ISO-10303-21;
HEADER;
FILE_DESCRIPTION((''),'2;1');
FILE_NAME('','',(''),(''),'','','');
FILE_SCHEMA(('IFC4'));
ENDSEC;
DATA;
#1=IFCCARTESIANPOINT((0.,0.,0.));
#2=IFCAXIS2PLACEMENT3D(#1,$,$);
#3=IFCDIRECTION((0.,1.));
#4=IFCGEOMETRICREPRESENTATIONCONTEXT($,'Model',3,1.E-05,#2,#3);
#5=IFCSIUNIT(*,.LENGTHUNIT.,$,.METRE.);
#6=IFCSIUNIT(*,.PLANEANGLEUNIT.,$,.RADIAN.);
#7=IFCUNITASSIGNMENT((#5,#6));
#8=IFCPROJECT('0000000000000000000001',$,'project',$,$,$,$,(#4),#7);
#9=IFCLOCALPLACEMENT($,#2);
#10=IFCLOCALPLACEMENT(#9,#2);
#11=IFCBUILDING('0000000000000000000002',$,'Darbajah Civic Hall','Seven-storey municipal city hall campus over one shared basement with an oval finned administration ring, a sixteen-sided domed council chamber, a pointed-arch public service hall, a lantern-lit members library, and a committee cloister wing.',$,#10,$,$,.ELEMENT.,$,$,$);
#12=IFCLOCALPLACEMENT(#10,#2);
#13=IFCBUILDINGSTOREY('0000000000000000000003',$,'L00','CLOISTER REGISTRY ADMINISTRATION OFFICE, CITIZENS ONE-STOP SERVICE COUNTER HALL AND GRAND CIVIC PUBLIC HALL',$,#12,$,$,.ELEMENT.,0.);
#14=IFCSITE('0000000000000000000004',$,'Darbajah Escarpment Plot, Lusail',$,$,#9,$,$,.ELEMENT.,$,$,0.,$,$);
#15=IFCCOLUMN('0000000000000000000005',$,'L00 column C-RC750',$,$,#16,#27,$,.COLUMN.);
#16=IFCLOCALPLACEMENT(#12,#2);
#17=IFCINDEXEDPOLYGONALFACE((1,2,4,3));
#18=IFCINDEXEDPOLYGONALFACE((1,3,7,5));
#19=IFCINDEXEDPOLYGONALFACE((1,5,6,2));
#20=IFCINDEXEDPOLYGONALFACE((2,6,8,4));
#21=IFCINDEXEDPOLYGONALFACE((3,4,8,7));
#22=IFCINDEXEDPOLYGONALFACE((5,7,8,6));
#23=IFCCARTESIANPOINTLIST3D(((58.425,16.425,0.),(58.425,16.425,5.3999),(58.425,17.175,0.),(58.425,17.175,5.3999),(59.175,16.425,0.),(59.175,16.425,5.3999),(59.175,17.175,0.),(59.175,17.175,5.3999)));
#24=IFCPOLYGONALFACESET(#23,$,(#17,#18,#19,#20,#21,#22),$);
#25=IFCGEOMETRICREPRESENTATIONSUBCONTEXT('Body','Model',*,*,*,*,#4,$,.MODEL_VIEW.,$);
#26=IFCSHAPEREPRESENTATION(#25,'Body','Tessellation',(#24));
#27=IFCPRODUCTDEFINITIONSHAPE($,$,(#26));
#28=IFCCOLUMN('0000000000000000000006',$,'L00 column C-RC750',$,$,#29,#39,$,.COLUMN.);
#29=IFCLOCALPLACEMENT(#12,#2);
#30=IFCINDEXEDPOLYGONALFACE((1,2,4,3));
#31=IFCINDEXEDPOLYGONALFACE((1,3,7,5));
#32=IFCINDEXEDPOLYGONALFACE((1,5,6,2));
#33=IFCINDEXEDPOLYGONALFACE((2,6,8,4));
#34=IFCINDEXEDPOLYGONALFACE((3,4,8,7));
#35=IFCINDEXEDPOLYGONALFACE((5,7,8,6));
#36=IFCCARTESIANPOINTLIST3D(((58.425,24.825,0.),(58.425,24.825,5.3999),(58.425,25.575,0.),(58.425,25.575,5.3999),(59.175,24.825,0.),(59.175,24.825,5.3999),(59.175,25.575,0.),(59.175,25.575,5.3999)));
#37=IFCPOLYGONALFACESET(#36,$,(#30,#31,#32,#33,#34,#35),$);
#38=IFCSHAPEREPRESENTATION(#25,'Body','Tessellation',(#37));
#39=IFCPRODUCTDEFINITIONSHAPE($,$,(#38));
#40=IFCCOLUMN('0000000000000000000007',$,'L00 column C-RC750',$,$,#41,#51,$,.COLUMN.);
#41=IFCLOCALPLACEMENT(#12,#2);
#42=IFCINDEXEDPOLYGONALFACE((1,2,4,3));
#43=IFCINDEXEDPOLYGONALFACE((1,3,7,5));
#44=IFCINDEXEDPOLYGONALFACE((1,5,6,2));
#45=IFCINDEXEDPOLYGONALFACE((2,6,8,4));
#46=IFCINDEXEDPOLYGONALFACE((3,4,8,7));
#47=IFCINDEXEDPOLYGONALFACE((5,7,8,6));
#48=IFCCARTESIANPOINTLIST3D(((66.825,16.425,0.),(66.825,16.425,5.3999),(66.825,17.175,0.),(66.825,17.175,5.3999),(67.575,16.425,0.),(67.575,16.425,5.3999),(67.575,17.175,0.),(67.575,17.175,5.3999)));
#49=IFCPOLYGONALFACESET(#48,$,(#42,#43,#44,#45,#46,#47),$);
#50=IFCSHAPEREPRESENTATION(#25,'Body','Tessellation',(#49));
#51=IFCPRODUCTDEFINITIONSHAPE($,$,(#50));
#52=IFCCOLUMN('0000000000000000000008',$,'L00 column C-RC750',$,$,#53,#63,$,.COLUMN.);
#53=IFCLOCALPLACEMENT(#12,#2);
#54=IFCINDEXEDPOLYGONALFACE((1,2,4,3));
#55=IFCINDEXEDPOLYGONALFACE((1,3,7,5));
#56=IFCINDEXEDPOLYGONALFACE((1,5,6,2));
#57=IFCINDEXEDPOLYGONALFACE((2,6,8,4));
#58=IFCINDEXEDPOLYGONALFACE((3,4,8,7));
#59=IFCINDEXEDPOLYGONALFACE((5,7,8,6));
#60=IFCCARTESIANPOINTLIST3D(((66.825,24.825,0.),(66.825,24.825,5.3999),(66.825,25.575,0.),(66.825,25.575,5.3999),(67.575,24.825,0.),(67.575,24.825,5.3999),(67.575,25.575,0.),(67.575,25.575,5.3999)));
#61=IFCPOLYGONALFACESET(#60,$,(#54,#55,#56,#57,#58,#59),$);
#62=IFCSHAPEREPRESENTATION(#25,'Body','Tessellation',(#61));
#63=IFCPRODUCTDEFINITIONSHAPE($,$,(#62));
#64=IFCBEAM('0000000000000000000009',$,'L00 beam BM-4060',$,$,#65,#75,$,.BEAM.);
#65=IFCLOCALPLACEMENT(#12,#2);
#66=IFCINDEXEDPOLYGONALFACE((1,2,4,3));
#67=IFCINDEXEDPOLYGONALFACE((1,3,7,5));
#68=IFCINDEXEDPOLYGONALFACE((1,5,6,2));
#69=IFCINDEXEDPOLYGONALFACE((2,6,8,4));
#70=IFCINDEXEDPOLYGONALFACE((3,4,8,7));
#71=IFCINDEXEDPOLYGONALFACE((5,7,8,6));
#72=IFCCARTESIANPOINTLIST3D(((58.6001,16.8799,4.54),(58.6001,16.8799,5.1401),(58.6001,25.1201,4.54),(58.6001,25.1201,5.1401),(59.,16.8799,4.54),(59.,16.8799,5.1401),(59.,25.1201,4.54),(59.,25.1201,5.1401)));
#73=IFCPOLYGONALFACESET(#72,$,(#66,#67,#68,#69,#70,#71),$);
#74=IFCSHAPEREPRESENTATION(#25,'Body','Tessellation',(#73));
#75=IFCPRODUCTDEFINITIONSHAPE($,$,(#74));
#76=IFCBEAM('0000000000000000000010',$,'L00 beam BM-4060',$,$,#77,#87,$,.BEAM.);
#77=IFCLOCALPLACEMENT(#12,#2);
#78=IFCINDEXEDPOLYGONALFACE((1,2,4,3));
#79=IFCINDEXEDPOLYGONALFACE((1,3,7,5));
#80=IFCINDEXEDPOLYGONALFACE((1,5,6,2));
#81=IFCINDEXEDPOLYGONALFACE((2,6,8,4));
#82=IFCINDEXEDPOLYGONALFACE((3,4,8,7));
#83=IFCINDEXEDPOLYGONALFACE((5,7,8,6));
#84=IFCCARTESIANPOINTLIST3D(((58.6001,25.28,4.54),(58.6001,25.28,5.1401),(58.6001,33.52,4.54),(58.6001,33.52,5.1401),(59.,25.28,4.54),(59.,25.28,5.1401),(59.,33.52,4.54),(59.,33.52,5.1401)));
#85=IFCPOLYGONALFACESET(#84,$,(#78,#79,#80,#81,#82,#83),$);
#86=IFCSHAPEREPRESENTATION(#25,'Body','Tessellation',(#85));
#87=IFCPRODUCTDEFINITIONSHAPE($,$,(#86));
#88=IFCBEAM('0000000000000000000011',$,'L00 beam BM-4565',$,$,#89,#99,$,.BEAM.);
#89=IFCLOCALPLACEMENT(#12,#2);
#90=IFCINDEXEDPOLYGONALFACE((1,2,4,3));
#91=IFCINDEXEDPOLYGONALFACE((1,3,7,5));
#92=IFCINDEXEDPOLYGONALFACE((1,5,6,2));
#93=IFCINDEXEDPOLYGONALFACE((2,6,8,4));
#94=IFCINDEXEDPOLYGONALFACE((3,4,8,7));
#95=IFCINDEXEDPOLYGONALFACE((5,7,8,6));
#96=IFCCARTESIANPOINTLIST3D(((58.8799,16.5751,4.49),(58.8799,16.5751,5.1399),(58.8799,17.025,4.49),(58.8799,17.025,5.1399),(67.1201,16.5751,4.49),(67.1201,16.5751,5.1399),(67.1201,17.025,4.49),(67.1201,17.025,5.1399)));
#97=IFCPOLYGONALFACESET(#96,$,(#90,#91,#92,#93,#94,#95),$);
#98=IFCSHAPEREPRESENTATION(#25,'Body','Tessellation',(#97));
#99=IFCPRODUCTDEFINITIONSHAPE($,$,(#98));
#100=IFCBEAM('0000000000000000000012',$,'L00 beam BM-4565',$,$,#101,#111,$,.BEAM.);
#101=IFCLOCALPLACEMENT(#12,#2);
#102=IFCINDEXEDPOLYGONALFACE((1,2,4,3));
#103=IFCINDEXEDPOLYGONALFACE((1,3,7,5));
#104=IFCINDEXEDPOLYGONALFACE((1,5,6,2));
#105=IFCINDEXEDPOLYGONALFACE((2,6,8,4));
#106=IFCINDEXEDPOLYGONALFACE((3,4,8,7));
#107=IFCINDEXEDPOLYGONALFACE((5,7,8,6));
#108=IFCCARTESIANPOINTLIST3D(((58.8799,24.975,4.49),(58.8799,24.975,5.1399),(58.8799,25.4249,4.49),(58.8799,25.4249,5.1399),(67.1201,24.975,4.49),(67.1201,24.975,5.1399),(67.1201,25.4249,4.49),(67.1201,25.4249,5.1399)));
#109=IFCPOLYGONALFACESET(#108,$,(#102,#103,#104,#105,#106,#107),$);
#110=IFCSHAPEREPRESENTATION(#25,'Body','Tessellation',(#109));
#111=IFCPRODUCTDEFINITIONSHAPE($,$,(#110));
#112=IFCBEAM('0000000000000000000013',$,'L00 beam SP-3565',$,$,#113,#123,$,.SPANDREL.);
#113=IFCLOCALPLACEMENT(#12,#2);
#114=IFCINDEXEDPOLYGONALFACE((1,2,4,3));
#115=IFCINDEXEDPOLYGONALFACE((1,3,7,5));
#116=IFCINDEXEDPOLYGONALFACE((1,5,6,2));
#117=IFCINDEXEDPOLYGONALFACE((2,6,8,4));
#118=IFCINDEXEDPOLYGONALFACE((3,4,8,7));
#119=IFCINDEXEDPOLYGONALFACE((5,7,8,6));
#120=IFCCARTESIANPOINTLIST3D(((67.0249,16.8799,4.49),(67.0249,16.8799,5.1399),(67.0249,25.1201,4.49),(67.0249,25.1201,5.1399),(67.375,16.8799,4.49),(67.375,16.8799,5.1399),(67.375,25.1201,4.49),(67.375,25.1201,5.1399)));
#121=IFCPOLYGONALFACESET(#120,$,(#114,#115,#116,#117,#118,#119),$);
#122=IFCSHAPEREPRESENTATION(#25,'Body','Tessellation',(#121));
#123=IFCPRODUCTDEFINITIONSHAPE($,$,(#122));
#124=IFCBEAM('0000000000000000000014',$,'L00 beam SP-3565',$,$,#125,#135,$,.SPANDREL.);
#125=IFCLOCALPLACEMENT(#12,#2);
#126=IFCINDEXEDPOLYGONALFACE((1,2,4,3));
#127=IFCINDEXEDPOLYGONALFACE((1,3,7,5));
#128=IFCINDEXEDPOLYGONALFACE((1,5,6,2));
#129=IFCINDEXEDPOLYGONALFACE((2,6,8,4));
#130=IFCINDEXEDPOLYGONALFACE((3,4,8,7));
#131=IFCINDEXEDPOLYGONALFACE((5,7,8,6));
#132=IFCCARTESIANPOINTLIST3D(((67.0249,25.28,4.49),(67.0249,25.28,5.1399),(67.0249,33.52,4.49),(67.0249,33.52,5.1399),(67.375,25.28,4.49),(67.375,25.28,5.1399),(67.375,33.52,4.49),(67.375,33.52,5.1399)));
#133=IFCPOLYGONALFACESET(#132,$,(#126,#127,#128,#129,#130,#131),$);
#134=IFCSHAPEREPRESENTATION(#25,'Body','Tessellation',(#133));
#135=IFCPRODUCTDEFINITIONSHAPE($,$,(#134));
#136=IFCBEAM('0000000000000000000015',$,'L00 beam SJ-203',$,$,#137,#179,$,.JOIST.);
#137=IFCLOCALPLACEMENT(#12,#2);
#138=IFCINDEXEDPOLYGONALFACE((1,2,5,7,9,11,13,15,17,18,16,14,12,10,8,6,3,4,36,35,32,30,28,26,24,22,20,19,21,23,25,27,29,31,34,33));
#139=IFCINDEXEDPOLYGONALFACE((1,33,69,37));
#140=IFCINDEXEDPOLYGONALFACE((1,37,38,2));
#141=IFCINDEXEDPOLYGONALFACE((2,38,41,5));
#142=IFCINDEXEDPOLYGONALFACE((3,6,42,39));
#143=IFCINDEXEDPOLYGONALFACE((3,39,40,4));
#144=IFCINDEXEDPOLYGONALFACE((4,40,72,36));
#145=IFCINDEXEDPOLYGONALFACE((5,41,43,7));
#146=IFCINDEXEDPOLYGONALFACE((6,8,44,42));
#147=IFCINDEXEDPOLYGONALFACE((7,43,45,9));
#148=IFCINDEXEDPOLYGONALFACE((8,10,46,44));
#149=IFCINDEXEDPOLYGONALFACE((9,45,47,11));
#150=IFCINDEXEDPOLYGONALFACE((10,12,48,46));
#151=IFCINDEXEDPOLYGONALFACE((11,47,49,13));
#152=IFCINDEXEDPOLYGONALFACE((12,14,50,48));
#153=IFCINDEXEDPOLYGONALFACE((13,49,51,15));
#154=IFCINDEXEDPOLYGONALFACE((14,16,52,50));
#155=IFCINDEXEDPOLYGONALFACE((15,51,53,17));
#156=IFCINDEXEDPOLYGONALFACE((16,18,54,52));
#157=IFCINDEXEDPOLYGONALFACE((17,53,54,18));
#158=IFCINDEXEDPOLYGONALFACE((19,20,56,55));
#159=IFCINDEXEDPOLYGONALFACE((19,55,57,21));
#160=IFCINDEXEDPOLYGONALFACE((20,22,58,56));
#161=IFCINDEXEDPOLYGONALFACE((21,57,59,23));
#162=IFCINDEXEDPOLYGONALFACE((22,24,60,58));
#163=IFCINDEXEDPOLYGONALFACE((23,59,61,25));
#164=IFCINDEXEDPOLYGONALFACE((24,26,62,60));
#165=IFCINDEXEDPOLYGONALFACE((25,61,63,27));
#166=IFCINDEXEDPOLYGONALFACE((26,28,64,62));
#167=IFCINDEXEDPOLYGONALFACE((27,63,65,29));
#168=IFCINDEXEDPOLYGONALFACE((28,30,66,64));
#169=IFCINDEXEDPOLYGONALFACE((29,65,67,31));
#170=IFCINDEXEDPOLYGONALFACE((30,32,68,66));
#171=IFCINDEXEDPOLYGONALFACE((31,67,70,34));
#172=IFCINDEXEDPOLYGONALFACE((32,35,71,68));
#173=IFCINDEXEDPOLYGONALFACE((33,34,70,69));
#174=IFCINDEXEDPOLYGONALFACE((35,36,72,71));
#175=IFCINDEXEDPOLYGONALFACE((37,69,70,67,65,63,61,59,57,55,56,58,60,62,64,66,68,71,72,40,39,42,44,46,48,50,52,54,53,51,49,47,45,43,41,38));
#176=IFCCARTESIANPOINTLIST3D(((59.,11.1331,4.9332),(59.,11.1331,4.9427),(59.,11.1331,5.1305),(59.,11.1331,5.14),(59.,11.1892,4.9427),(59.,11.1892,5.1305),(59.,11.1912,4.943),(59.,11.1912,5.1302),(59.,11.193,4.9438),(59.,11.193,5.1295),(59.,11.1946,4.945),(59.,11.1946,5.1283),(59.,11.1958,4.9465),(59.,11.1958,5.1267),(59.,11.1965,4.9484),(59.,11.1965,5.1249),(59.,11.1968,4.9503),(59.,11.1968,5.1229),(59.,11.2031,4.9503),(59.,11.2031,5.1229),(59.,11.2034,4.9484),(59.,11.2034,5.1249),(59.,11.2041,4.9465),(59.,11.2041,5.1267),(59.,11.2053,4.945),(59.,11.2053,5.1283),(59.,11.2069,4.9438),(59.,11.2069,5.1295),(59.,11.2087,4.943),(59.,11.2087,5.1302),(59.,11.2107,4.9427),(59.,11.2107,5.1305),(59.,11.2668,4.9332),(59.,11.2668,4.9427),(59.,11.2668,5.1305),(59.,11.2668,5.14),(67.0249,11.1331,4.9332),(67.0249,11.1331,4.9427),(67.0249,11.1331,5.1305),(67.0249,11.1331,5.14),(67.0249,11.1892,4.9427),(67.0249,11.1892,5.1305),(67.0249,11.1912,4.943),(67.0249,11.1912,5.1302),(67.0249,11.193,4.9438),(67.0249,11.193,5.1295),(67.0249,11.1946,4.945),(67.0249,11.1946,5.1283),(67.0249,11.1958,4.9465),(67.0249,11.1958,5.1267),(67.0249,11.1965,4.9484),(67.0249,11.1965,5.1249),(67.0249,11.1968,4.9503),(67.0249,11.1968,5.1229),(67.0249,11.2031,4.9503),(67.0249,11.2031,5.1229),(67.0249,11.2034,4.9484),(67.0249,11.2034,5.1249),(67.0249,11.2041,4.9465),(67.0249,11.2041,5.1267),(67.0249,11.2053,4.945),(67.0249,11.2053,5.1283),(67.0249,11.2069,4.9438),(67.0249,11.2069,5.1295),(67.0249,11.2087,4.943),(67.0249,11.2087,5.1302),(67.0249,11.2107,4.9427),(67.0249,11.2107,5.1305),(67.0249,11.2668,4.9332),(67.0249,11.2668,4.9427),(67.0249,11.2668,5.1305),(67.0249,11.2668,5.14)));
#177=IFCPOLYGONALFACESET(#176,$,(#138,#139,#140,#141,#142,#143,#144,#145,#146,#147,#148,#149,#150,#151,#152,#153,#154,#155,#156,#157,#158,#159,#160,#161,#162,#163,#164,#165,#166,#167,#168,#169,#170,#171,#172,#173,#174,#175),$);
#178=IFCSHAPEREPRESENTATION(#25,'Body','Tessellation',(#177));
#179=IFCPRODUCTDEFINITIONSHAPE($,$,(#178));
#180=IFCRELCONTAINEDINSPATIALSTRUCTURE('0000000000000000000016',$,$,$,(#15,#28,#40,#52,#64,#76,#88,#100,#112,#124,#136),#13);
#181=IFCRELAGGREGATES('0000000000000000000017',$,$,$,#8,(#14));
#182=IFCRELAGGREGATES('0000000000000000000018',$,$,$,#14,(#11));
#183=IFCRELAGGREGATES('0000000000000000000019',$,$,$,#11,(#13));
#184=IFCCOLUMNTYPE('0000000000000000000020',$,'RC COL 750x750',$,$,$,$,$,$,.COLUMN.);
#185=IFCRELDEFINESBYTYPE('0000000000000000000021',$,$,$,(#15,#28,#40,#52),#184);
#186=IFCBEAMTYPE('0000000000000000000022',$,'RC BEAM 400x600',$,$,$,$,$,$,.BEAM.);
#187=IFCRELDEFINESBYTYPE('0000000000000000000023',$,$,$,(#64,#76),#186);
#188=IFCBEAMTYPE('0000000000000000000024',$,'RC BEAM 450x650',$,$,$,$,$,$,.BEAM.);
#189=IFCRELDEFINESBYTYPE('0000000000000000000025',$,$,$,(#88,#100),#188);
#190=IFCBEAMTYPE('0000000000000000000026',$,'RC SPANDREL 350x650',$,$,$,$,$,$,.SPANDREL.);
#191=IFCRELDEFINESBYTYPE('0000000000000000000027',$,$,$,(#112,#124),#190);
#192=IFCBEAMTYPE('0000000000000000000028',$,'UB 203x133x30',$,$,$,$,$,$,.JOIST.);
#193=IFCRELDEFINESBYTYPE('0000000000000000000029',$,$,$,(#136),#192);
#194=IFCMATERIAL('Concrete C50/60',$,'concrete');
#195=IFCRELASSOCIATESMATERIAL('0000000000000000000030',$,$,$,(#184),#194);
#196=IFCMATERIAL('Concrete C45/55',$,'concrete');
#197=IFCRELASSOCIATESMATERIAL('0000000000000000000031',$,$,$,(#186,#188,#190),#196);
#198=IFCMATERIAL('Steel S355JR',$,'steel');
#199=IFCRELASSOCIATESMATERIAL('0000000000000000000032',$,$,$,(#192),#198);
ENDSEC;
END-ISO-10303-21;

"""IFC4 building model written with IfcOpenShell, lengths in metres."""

from ifc_helpers import new_model, si_unit, direction, frame, origin, origin_2d, place, context, subcontext, project, spatial, rectangle, i_section, extrude, material, material_profile, profile_set, type_object, element, save


model = new_model("IFC4")

# Units and contexts
model_context = context("Model", 3, precision=1e-05, world=origin(), true_north=direction((0.0, 1.0)))
body_context = subcontext(model_context, "Body", "Model", "MODEL_VIEW")
ifc_project = project(units=[si_unit("LENGTHUNIT", "METRE"), si_unit("PLANEANGLEUNIT", "RADIAN")], contexts=[model_context])

# Site, building, storey
site_placement = place(None, origin())
site = spatial("IfcSite", under=ifc_project, at=site_placement, Name="Darbajah Escarpment Plot, Lusail", CompositionType="ELEMENT", RefElevation=0.0)
building_placement = place(site_placement, origin())
building = spatial("IfcBuilding", under=site, at=building_placement, Name="Darbajah Civic Hall", Description="Seven-storey municipal city hall campus over one shared basement with an oval finned administration ring, a sixteen-sided domed council chamber, a pointed-arch public service hall, a lantern-lit members library, and a committee cloister wing.", CompositionType="ELEMENT")
storey_placement = place(building_placement, origin())
storey = spatial("IfcBuildingStorey", under=building, at=storey_placement, Name="L00", Description="CLOISTER REGISTRY ADMINISTRATION OFFICE, CITIZENS ONE-STOP SERVICE COUNTER HALL AND GRAND CIVIC PUBLIC HALL", CompositionType="ELEMENT", Elevation=0.0)

# Columns
ifc_material_1 = material(Name="Concrete C50/60", Category="concrete")
ifc_material_profile_1 = material_profile(ifc_material_1, rectangle(XDim=0.75, YDim=0.75, at=origin_2d()), Name="RC COL 750x750")
ifc_profile_set_1 = profile_set([ifc_material_profile_1], Name="Concrete C50/60")
column_type = type_object("IfcColumnType", Name="RC COL 750x750", PredefinedType="COLUMN", material=ifc_profile_set_1)
for number, where, z_axis, x_axis, name in (
    (1, (58.8, 16.8, 0.0), (0.0, 0.0, 1.0), (1.0, 0.0, 0.0), "L00 column C-RC750"),
    (2, (58.8, 25.2, 0.0), (0.0, 0.0, 1.0), (1.0, 0.0, 0.0), "L00 column C-RC750"),
    (3, (67.2, 16.8, 0.0), (0.0, 0.0, 1.0), (1.0, 0.0, 0.0), "L00 column C-RC750"),
    (4, (67.2, 25.2, 0.0), (0.0, 0.0, 1.0), (1.0, 0.0, 0.0), "L00 column C-RC750"),
):
    element("IfcColumn", number, at=place(storey_placement, frame(where, z_axis=z_axis, x_axis=x_axis)), inside=storey, type_object=column_type, Name=name, PredefinedType="COLUMN", context=body_context, shape_type="SweptSolid", body=[
        extrude(rectangle(XDim=0.75, YDim=0.75, at=origin_2d()), origin(), (0.0, 0.0, 1.0), 5.3999),
    ])

# Beams
ifc_material_2 = material(Name="Concrete C45/55", Category="concrete")
ifc_material_profile_2 = material_profile(ifc_material_2, rectangle(XDim=0.3999, YDim=0.6001, at=origin_2d()), Name="RC BEAM 400x600")
ifc_profile_set_2 = profile_set([ifc_material_profile_2], Name="Concrete C45/55")
beam_type_1 = type_object("IfcBeamType", Name="RC BEAM 400x600", PredefinedType="BEAM", material=ifc_profile_set_2)
beam_1_placement = place(storey_placement, frame((58.8, 16.8799, 4.8401), z_axis=(0.0, 1.0, 0.0), x_axis=(-1.0, 0.0, 0.0)))
element("IfcBeam", 5, at=beam_1_placement, inside=storey, type_object=beam_type_1, Name="L00 beam BM-4060", PredefinedType="BEAM", context=body_context, shape_type="SweptSolid", body=[
    extrude(rectangle(XDim=0.3999, YDim=0.6001, at=origin_2d()), origin(), (0.0, 0.0, 1.0), 8.2402),
])
beam_2_placement = place(storey_placement, frame((58.8, 25.28, 4.8401), z_axis=(0.0, 1.0, 0.0), x_axis=(-1.0, 0.0, 0.0)))
element("IfcBeam", 6, at=beam_2_placement, inside=storey, type_object=beam_type_1, Name="L00 beam BM-4060", PredefinedType="BEAM", context=body_context, shape_type="SweptSolid", body=[
    extrude(rectangle(XDim=0.3999, YDim=0.6001, at=origin_2d()), origin(), (0.0, 0.0, 1.0), 8.24),
])
ifc_material_profile_3 = material_profile(ifc_material_2, rectangle(XDim=0.45, YDim=0.6499, at=origin_2d()), Name="RC BEAM 450x650")
ifc_profile_set_3 = profile_set([ifc_material_profile_3], Name="Concrete C45/55")
beam_type_2 = type_object("IfcBeamType", Name="RC BEAM 450x650", PredefinedType="BEAM", material=ifc_profile_set_3)
for number, where, z_axis, x_axis, name in (
    (7, (58.8799, 16.8, 4.8149), (1.0, 0.0, 0.0), (0.0, 1.0, 0.0), "L00 beam BM-4565"),
    (8, (58.8799, 25.2, 4.8149), (1.0, 0.0, 0.0), (0.0, 1.0, 0.0), "L00 beam BM-4565"),
):
    element("IfcBeam", number, at=place(storey_placement, frame(where, z_axis=z_axis, x_axis=x_axis)), inside=storey, type_object=beam_type_2, Name=name, PredefinedType="BEAM", context=body_context, shape_type="SweptSolid", body=[
        extrude(rectangle(XDim=0.45, YDim=0.6499, at=origin_2d()), origin(), (0.0, 0.0, 1.0), 8.2402),
    ])
ifc_material_profile_4 = material_profile(ifc_material_2, rectangle(XDim=0.3501, YDim=0.6499, at=origin_2d()), Name="RC SPANDREL 350x650")
ifc_profile_set_4 = profile_set([ifc_material_profile_4], Name="Concrete C45/55")
beam_type_3 = type_object("IfcBeamType", Name="RC SPANDREL 350x650", PredefinedType="SPANDREL", material=ifc_profile_set_4)
beam_3_placement = place(storey_placement, frame((67.2, 16.8799, 4.8149), z_axis=(0.0, 1.0, 0.0), x_axis=(-1.0, 0.0, 0.0)))
element("IfcBeam", 9, at=beam_3_placement, inside=storey, type_object=beam_type_3, Name="L00 beam SP-3565", PredefinedType="SPANDREL", context=body_context, shape_type="SweptSolid", body=[
    extrude(rectangle(XDim=0.3501, YDim=0.6499, at=origin_2d()), origin(), (0.0, 0.0, 1.0), 8.2402),
])
beam_4_placement = place(storey_placement, frame((67.2, 25.28, 4.8149), z_axis=(0.0, 1.0, 0.0), x_axis=(-1.0, 0.0, 0.0)))
element("IfcBeam", 10, at=beam_4_placement, inside=storey, type_object=beam_type_3, Name="L00 beam SP-3565", PredefinedType="SPANDREL", context=body_context, shape_type="SweptSolid", body=[
    extrude(rectangle(XDim=0.3501, YDim=0.6499, at=origin_2d()), origin(), (0.0, 0.0, 1.0), 8.24),
])
ifc_material_3 = material(Name="Steel S355JR", Category="steel")
ifc_material_profile_5 = material_profile(ifc_material_3, i_section(OverallWidth=0.1338, OverallDepth=0.2068, WebThickness=0.0063, FlangeThickness=0.0095, FilletRadius=0.0076, at=origin_2d()), Name="UB 203x133x30")
ifc_profile_set_5 = profile_set([ifc_material_profile_5], Name="Steel S355JR")
beam_type_4 = type_object("IfcBeamType", Name="UB 203x133x30", PredefinedType="JOIST", material=ifc_profile_set_5)
for number, where, z_axis, x_axis, name in (
    (11, (59.0, 11.2, 5.0366), (1.0, 0.0, 0.0), (0.0, 1.0, 0.0), "L00 beam SJ-203"),
):
    element("IfcBeam", number, at=place(storey_placement, frame(where, z_axis=z_axis, x_axis=x_axis)), inside=storey, type_object=beam_type_4, Name=name, PredefinedType="JOIST", context=body_context, shape_type="SweptSolid", body=[
        extrude(i_section(OverallWidth=0.1338, OverallDepth=0.2068, WebThickness=0.0063, FlangeThickness=0.0095, FilletRadius=0.0076, at=origin_2d()), origin(), (0.0, 0.0, 1.0), 8.0249),
    ])

save(model, "model.ifc")
